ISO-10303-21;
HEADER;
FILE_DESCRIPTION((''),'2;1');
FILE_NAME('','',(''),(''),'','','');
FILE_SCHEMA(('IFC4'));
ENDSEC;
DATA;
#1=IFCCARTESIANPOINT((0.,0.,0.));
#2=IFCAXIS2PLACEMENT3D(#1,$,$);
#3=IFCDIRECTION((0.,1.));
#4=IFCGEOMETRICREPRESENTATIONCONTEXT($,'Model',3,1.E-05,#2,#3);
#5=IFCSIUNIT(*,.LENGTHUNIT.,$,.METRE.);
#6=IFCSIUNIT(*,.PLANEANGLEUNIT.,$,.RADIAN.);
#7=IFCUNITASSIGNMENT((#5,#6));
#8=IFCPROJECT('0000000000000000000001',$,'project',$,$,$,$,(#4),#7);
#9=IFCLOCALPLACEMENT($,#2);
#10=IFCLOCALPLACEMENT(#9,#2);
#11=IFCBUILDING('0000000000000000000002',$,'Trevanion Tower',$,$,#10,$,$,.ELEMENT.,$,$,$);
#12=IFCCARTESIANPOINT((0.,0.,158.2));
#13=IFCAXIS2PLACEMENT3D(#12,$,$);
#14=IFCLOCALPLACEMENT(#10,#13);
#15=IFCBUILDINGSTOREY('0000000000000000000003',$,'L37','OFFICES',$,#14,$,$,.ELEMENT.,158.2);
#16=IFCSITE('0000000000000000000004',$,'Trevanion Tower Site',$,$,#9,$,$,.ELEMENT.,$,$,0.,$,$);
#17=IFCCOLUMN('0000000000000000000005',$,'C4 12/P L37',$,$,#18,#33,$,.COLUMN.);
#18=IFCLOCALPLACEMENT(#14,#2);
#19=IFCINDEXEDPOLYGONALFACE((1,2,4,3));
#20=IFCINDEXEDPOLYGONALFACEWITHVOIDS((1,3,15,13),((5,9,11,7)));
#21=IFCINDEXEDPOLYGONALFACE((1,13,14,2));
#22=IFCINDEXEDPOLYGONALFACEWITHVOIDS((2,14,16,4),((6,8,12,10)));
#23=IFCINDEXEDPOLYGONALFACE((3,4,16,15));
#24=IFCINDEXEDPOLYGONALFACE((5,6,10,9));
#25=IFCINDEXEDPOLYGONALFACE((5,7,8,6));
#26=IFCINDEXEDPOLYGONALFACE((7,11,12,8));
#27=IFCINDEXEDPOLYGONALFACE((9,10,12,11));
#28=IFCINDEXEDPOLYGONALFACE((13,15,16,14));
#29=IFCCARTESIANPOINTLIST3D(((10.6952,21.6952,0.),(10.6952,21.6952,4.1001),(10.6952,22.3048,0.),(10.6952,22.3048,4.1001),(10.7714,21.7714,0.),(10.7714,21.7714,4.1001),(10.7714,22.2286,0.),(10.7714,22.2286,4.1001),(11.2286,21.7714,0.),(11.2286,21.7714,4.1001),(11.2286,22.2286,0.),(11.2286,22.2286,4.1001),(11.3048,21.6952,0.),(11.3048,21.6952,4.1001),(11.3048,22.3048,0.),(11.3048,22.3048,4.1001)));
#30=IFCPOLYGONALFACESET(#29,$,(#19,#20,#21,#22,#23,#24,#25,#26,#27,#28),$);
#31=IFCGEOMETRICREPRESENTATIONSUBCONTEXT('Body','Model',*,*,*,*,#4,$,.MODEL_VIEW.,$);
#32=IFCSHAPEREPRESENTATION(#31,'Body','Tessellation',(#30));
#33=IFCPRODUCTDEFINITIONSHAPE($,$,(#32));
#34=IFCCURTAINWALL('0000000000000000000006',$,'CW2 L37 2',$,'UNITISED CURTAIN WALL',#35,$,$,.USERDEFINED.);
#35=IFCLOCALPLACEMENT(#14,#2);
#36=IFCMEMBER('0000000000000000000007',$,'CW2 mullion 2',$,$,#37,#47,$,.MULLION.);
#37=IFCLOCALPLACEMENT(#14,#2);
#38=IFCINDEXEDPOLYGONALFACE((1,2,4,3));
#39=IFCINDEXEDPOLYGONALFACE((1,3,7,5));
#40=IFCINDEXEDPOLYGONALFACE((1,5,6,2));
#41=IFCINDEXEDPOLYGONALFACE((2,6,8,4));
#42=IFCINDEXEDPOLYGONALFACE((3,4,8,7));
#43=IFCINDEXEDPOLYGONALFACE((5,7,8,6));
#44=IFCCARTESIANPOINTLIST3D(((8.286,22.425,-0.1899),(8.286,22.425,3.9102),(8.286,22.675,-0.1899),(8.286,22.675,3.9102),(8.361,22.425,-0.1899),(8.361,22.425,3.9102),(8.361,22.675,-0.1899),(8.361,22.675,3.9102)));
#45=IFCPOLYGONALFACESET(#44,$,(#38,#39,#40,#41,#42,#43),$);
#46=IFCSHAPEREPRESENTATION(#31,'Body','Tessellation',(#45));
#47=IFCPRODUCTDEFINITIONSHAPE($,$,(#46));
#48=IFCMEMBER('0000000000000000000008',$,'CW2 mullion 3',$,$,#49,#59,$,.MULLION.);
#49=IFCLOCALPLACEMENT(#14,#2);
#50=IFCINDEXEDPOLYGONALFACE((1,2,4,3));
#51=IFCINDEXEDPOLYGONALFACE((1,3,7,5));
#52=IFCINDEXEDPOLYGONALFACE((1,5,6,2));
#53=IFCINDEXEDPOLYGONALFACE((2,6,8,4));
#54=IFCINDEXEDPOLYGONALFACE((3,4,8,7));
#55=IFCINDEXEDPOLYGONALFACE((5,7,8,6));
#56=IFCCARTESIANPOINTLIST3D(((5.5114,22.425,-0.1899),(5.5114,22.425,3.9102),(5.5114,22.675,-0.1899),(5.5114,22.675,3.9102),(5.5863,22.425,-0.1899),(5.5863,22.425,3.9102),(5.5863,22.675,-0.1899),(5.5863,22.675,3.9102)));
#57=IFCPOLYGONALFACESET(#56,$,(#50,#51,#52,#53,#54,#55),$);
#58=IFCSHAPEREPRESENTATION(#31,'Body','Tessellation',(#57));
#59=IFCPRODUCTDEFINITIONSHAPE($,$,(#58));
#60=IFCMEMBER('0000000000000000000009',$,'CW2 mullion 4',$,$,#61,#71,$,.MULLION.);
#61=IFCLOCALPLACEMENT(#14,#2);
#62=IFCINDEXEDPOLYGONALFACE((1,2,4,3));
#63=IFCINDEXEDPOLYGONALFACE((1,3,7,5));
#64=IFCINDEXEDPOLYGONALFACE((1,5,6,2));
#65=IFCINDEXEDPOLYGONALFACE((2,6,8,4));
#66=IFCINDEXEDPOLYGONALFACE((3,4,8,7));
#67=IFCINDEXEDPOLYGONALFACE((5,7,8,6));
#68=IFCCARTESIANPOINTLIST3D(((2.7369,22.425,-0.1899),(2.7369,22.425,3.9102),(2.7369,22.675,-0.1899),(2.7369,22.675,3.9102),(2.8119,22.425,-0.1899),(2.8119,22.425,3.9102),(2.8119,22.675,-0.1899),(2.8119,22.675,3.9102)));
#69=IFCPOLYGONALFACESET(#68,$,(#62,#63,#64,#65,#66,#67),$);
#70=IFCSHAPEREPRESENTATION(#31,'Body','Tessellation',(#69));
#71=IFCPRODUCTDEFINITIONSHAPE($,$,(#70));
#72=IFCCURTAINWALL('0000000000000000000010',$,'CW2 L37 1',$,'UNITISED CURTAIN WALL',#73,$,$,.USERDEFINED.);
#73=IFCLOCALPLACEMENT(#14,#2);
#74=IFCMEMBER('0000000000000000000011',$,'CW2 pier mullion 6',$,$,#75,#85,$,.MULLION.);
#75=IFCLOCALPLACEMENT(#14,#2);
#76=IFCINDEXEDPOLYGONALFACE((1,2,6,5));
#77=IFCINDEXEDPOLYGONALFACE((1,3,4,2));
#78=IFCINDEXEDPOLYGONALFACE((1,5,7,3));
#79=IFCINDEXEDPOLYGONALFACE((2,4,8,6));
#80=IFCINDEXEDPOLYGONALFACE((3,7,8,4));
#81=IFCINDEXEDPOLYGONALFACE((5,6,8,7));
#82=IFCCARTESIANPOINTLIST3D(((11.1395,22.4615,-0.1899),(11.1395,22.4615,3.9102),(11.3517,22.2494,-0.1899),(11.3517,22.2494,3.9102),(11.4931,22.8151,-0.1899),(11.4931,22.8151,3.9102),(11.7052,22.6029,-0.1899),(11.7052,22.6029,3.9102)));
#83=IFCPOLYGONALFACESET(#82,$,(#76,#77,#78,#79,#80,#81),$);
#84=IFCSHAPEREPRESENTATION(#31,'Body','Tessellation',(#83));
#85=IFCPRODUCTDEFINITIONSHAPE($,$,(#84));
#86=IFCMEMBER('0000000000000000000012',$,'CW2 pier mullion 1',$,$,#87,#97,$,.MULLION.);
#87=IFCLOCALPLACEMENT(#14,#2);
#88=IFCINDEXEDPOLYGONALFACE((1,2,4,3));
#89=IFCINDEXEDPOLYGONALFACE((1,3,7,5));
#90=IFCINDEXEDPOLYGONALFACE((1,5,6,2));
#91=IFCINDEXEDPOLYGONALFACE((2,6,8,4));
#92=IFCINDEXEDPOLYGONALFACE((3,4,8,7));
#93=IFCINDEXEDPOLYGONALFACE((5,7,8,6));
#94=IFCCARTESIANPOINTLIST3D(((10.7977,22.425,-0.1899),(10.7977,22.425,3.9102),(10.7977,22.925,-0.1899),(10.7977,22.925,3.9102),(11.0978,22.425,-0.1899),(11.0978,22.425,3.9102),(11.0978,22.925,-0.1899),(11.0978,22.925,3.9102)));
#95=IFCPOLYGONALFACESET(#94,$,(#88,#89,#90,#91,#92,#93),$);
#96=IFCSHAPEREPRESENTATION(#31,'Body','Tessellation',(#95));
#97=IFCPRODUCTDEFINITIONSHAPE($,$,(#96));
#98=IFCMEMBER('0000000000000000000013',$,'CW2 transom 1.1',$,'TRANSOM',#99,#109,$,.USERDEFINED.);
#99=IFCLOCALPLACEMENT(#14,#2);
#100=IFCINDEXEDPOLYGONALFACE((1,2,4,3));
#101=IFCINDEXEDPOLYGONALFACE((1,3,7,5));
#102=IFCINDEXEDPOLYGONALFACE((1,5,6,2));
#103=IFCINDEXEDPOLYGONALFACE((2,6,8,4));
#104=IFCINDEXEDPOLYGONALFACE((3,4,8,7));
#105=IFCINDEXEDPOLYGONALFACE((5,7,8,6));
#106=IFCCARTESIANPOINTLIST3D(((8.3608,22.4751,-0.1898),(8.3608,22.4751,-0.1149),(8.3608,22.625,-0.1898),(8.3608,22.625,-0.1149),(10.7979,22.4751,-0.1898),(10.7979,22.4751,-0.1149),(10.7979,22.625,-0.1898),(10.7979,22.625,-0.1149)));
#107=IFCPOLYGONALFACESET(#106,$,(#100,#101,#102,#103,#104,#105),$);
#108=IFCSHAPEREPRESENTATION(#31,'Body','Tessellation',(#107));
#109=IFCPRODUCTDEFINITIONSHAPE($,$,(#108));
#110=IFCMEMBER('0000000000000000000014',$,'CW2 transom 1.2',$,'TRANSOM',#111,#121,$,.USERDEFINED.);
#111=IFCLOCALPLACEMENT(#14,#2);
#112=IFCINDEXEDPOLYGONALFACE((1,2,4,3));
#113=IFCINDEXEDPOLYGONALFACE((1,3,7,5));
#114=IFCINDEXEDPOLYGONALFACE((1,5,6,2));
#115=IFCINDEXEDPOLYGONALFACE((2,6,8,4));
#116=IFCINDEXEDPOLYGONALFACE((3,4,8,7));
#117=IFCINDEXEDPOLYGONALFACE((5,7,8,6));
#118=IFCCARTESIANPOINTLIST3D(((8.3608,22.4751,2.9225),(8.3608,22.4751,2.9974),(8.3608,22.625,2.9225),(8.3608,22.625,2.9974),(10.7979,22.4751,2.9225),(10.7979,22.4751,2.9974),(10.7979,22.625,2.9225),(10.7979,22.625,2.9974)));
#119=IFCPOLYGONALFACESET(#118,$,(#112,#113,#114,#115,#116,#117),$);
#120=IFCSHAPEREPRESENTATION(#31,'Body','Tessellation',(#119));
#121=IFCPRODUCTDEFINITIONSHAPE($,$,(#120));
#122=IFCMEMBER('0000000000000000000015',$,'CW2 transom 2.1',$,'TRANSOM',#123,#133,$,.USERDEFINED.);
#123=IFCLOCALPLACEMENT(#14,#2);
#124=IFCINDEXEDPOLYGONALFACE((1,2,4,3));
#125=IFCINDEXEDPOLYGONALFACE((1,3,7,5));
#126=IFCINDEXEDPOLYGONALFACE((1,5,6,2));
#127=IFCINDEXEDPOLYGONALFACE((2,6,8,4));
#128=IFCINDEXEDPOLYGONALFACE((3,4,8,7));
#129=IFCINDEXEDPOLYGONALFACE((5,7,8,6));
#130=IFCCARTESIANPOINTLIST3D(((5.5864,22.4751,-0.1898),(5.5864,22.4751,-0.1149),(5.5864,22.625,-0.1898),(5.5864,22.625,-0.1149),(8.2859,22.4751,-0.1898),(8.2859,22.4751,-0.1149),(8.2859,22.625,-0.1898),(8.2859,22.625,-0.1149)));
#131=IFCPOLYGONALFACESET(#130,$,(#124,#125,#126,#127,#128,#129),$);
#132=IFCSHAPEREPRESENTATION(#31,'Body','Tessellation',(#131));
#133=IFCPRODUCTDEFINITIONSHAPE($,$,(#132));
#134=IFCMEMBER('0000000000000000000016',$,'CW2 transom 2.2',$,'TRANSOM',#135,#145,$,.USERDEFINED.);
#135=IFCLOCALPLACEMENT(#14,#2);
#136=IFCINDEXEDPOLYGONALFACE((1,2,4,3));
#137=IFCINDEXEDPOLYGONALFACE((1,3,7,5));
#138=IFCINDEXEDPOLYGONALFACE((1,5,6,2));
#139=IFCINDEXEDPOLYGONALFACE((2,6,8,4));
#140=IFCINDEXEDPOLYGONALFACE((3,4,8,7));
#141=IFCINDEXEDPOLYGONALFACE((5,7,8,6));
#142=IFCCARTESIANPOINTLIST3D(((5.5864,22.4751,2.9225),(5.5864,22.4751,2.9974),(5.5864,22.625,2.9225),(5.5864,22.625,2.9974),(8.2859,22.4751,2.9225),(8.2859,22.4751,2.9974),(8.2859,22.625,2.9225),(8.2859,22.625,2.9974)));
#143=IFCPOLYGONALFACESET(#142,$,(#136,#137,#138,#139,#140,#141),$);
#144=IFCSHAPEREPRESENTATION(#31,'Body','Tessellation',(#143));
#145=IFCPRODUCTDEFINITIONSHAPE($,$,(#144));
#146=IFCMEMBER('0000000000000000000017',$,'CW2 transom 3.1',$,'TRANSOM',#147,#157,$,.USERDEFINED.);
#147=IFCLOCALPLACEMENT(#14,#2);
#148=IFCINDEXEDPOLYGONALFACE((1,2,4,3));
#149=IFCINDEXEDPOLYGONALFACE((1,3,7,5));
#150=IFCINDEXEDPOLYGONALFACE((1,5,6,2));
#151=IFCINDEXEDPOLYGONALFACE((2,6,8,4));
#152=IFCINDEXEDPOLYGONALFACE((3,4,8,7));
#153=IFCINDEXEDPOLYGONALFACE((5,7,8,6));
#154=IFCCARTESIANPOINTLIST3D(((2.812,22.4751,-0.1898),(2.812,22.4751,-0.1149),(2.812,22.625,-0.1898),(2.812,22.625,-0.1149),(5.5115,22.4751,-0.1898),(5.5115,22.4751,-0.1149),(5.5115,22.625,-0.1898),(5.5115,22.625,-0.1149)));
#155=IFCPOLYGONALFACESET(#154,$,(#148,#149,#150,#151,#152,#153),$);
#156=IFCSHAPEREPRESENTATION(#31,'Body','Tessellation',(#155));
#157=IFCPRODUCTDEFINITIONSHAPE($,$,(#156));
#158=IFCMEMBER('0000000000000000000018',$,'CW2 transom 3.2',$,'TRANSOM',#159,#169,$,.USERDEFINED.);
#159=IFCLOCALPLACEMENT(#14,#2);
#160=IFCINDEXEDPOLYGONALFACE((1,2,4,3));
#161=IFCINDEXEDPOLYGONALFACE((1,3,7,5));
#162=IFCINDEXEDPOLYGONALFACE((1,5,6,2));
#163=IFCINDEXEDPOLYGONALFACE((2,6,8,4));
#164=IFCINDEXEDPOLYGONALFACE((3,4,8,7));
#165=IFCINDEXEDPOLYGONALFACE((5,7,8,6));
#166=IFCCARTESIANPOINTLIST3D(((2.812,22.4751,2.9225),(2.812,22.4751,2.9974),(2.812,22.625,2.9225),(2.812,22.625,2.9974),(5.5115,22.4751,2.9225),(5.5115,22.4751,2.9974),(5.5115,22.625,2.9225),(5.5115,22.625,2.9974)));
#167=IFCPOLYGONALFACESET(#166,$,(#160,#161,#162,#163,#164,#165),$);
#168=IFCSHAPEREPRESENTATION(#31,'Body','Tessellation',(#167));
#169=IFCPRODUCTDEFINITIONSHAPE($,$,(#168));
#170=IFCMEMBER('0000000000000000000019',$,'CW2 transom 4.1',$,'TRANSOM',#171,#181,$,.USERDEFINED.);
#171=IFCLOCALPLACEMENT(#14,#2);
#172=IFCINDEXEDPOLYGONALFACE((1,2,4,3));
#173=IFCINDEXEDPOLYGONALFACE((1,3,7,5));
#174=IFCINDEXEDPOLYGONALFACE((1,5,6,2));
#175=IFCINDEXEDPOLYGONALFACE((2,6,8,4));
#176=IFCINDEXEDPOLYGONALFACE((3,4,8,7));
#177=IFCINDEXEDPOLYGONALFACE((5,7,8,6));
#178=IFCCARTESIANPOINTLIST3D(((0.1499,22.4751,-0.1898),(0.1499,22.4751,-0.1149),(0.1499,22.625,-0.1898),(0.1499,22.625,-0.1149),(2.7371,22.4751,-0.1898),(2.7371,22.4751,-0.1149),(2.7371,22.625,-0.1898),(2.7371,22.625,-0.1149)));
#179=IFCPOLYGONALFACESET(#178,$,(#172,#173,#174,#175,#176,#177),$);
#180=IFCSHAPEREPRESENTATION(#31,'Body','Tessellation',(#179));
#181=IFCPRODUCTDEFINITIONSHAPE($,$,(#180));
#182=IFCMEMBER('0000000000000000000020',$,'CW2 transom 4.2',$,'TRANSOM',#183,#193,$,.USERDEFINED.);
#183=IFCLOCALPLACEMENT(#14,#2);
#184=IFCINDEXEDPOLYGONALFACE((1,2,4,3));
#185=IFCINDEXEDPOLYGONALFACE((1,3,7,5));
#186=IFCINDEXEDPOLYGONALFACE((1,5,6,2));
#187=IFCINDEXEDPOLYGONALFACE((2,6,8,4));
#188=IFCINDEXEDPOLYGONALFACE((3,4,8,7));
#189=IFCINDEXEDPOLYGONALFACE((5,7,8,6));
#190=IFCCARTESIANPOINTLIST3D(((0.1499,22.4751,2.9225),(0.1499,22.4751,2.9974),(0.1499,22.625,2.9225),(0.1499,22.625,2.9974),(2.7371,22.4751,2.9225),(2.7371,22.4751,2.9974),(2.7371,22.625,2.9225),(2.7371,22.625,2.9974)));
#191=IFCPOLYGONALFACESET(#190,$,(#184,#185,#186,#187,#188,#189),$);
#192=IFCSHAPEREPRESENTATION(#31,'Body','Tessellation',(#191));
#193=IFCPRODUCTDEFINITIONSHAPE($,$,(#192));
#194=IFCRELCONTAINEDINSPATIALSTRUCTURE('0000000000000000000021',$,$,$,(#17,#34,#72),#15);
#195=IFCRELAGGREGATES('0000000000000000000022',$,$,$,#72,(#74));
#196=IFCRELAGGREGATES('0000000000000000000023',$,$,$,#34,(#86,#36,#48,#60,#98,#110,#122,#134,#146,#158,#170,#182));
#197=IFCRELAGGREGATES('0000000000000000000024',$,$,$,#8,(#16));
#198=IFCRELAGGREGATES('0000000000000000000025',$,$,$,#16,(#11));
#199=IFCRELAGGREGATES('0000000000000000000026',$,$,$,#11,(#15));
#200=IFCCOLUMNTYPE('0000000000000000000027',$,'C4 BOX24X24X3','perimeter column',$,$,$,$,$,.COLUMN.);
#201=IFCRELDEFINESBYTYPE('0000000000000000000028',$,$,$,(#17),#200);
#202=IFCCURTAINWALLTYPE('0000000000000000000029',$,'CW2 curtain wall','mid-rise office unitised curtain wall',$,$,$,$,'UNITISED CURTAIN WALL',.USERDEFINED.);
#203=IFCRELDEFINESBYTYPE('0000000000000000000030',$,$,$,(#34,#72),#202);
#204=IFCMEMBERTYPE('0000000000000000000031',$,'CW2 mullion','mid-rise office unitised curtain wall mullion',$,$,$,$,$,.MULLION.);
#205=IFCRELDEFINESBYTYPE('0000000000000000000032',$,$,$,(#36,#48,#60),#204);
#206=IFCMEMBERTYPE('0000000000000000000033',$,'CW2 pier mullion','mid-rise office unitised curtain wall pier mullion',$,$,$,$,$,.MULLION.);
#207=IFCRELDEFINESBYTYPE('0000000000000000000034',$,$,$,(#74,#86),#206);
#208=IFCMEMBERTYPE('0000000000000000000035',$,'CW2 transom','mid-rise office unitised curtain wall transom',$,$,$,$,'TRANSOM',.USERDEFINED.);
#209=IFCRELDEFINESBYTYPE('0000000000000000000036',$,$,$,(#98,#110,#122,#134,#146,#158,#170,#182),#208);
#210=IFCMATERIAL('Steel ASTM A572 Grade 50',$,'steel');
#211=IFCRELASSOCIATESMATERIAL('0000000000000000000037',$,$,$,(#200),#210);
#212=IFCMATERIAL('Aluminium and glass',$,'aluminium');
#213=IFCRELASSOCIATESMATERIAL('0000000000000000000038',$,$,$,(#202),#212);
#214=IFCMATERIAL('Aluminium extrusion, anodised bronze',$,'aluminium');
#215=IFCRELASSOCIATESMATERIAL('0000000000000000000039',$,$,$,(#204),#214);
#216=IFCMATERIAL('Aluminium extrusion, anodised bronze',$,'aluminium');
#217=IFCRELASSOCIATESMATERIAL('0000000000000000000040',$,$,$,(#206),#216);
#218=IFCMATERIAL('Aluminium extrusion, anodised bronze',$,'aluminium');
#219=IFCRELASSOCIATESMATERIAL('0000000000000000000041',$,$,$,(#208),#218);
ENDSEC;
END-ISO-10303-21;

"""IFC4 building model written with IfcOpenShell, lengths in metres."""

from ifc_helpers import new_model, si_unit, direction, frame, origin, origin_2d, place, context, subcontext, project, spatial, rectangle, hollow_rectangle, extrude, material, material_profile, profile_set, type_object, element, aggregate, save


model = new_model("IFC4")

# Units and contexts
model_context = context("Model", 3, precision=1e-05, world=origin(), true_north=direction((0.0, 1.0)))
body_context = subcontext(model_context, "Body", "Model", "MODEL_VIEW")
ifc_project = project(units=[si_unit("LENGTHUNIT", "METRE"), si_unit("PLANEANGLEUNIT", "RADIAN")], contexts=[model_context])

# Site, building, storey
site_placement = place(None, origin())
site = spatial("IfcSite", under=ifc_project, at=site_placement, Name="Trevanion Tower Site", CompositionType="ELEMENT", RefElevation=0.0)
building_placement = place(site_placement, origin())
building = spatial("IfcBuilding", under=site, at=building_placement, Name="Trevanion Tower", CompositionType="ELEMENT")
storey_placement = place(building_placement, frame((0.0, 0.0, 158.2)))
storey = spatial("IfcBuildingStorey", under=building, at=storey_placement, Name="L37", Description="OFFICES", CompositionType="ELEMENT", Elevation=158.2)

# Column
ifc_material_1 = material(Name="Steel ASTM A572 Grade 50", Category="steel")
ifc_material_profile_1 = material_profile(ifc_material_1, hollow_rectangle(XDim=0.6096, YDim=0.6096, WallThickness=0.0762, at=origin_2d()), Name="BOX24X24X3")
ifc_profile_set_1 = profile_set([ifc_material_profile_1], Name="Steel ASTM A572 Grade 50")
column_type = type_object("IfcColumnType", Name="C4 BOX24X24X3", Description="perimeter column", PredefinedType="COLUMN", material=ifc_profile_set_1)
column_placement = place(storey_placement, frame((11.0, 22.0, 0.0), z_axis=(0.0, 0.0, 1.0), x_axis=(1.0, 0.0, 0.0)))
element("IfcColumn", 1, at=column_placement, inside=storey, type_object=column_type, Name="C4 12/P L37", PredefinedType="COLUMN", context=body_context, shape_type="SweptSolid", body=[
    extrude(hollow_rectangle(XDim=0.6096, YDim=0.6096, WallThickness=0.0762, at=origin_2d()), origin(), (0.0, 0.0, 1.0), 4.1001),
])

# Curtain wall, members
ifc_material_2 = material(Name="Aluminium and glass", Category="aluminium")
curtain_wall_type = type_object("IfcCurtainWallType", Name="CW2 curtain wall", Description="mid-rise office unitised curtain wall", ElementType="UNITISED CURTAIN WALL", PredefinedType="USERDEFINED", material=ifc_material_2)
curtain_wall_1_placement = place(storey_placement, origin())
curtain_wall_1 = element("IfcCurtainWall", 2, at=curtain_wall_1_placement, inside=storey, type_object=curtain_wall_type, Name="CW2 L37 2", ObjectType="UNITISED CURTAIN WALL", PredefinedType="USERDEFINED")
ifc_material_3 = material(Name="Aluminium extrusion, anodised bronze", Category="aluminium")
ifc_material_profile_2 = material_profile(ifc_material_3, rectangle(XDim=0.075, YDim=0.25, at=origin_2d()), Name="CW2 mullion")
ifc_profile_set_2 = profile_set([ifc_material_profile_2], Name="Aluminium extrusion, anodised bronze")
member_type_1 = type_object("IfcMemberType", Name="CW2 mullion", Description="mid-rise office unitised curtain wall mullion", PredefinedType="MULLION", material=ifc_profile_set_2)
member_1_placement = place(storey_placement, frame((8.3235, 22.55, -0.1899), z_axis=(0.0, 0.0, 1.0), x_axis=(-1.0, 0.0, 0.0)))
member_1 = element("IfcMember", 3, at=member_1_placement, type_object=member_type_1, Name="CW2 mullion 2", PredefinedType="MULLION", context=body_context, shape_type="SweptSolid", body=[
    extrude(rectangle(XDim=0.075, YDim=0.25, at=origin_2d()), origin(), (0.0, 0.0, 1.0), 4.1001),
])
member_2_placement = place(storey_placement, frame((5.5488, 22.55, -0.1899), z_axis=(0.0, 0.0, 1.0), x_axis=(-1.0, 0.0, 0.0)))
member_2 = element("IfcMember", 4, at=member_2_placement, type_object=member_type_1, Name="CW2 mullion 3", PredefinedType="MULLION", context=body_context, shape_type="SweptSolid", body=[
    extrude(rectangle(XDim=0.075, YDim=0.25, at=origin_2d()), origin(), (0.0, 0.0, 1.0), 4.1001),
])
member_3_placement = place(storey_placement, frame((2.7744, 22.55, -0.1899), z_axis=(0.0, 0.0, 1.0), x_axis=(-1.0, 0.0, 0.0)))
member_3 = element("IfcMember", 5, at=member_3_placement, type_object=member_type_1, Name="CW2 mullion 4", PredefinedType="MULLION", context=body_context, shape_type="SweptSolid", body=[
    extrude(rectangle(XDim=0.075, YDim=0.25, at=origin_2d()), origin(), (0.0, 0.0, 1.0), 4.1001),
])

# Curtain wall, member
curtain_wall_2_placement = place(storey_placement, origin())
curtain_wall_2 = element("IfcCurtainWall", 6, at=curtain_wall_2_placement, inside=storey, type_object=curtain_wall_type, Name="CW2 L37 1", ObjectType="UNITISED CURTAIN WALL", PredefinedType="USERDEFINED")
ifc_material_4 = material(Name="Aluminium extrusion, anodised bronze", Category="aluminium")
ifc_material_profile_3 = material_profile(ifc_material_4, rectangle(XDim=0.3, YDim=0.5, at=origin_2d()), Name="CW2 pier mullion")
ifc_profile_set_3 = profile_set([ifc_material_profile_3], Name="Aluminium extrusion, anodised bronze")
member_type_2 = type_object("IfcMemberType", Name="CW2 pier mullion", Description="mid-rise office unitised curtain wall pier mullion", PredefinedType="MULLION", material=ifc_profile_set_3)
member_4_placement = place(storey_placement, frame((11.4224, 22.5322, -0.1899), z_axis=(0.0, 0.0, 1.0), x_axis=(-0.707107, 0.707107, 0.0)))
member_4 = element("IfcMember", 7, at=member_4_placement, type_object=member_type_2, Name="CW2 pier mullion 6", PredefinedType="MULLION", context=body_context, shape_type="SweptSolid", body=[
    extrude(rectangle(XDim=0.3, YDim=0.5, at=origin_2d()), origin(), (0.0, 0.0, 1.0), 4.1001),
])
aggregate(curtain_wall_2, [member_4])

# Members
member_5_placement = place(storey_placement, frame((10.9478, 22.675, -0.1899), z_axis=(0.0, 0.0, 1.0), x_axis=(-1.0, 0.0, 0.0)))
member_5 = element("IfcMember", 8, at=member_5_placement, type_object=member_type_2, Name="CW2 pier mullion 1", PredefinedType="MULLION", context=body_context, shape_type="SweptSolid", body=[
    extrude(rectangle(XDim=0.3, YDim=0.5, at=origin_2d()), origin(), (0.0, 0.0, 1.0), 4.1001),
])
ifc_material_5 = material(Name="Aluminium extrusion, anodised bronze", Category="aluminium")
ifc_material_profile_4 = material_profile(ifc_material_5, rectangle(XDim=0.1499, YDim=0.075, at=origin_2d()), Name="CW2 transom")
ifc_profile_set_4 = profile_set([ifc_material_profile_4], Name="Aluminium extrusion, anodised bronze")
member_type_3 = type_object("IfcMemberType", Name="CW2 transom", Description="mid-rise office unitised curtain wall transom", ElementType="TRANSOM", PredefinedType="USERDEFINED", material=ifc_profile_set_4)
member_6_placement = place(storey_placement, frame((10.7979, 22.55, -0.1523), z_axis=(-1.0, 0.0, 0.0), x_axis=(0.0, -1.0, 0.0)))
member_6 = element("IfcMember", 9, at=member_6_placement, type_object=member_type_3, Name="CW2 transom 1.1", ObjectType="TRANSOM", PredefinedType="USERDEFINED", context=body_context, shape_type="SweptSolid", body=[
    extrude(rectangle(XDim=0.1499, YDim=0.075, at=origin_2d()), origin(), (0.0, 0.0, 1.0), 2.437),
])
member_7_placement = place(storey_placement, frame((10.7979, 22.55, 2.96), z_axis=(-1.0, 0.0, 0.0), x_axis=(0.0, -1.0, 0.0)))
member_7 = element("IfcMember", 10, at=member_7_placement, type_object=member_type_3, Name="CW2 transom 1.2", ObjectType="TRANSOM", PredefinedType="USERDEFINED", context=body_context, shape_type="SweptSolid", body=[
    extrude(rectangle(XDim=0.1499, YDim=0.075, at=origin_2d()), origin(), (0.0, 0.0, 1.0), 2.437),
])
member_8_placement = place(storey_placement, frame((8.2859, 22.55, -0.1523), z_axis=(-1.0, 0.0, 0.0), x_axis=(0.0, -1.0, 0.0)))
member_8 = element("IfcMember", 11, at=member_8_placement, type_object=member_type_3, Name="CW2 transom 2.1", ObjectType="TRANSOM", PredefinedType="USERDEFINED", context=body_context, shape_type="SweptSolid", body=[
    extrude(rectangle(XDim=0.1499, YDim=0.075, at=origin_2d()), origin(), (0.0, 0.0, 1.0), 2.6995),
])
member_9_placement = place(storey_placement, frame((8.2859, 22.55, 2.96), z_axis=(-1.0, 0.0, 0.0), x_axis=(0.0, -1.0, 0.0)))
member_9 = element("IfcMember", 12, at=member_9_placement, type_object=member_type_3, Name="CW2 transom 2.2", ObjectType="TRANSOM", PredefinedType="USERDEFINED", context=body_context, shape_type="SweptSolid", body=[
    extrude(rectangle(XDim=0.1499, YDim=0.075, at=origin_2d()), origin(), (0.0, 0.0, 1.0), 2.6995),
])
member_10_placement = place(storey_placement, frame((5.5115, 22.55, -0.1523), z_axis=(-1.0, 0.0, 0.0), x_axis=(0.0, -1.0, 0.0)))
member_10 = element("IfcMember", 13, at=member_10_placement, type_object=member_type_3, Name="CW2 transom 3.1", ObjectType="TRANSOM", PredefinedType="USERDEFINED", context=body_context, shape_type="SweptSolid", body=[
    extrude(rectangle(XDim=0.1499, YDim=0.075, at=origin_2d()), origin(), (0.0, 0.0, 1.0), 2.6995),
])
member_11_placement = place(storey_placement, frame((5.5115, 22.55, 2.96), z_axis=(-1.0, 0.0, 0.0), x_axis=(0.0, -1.0, 0.0)))
member_11 = element("IfcMember", 14, at=member_11_placement, type_object=member_type_3, Name="CW2 transom 3.2", ObjectType="TRANSOM", PredefinedType="USERDEFINED", context=body_context, shape_type="SweptSolid", body=[
    extrude(rectangle(XDim=0.1499, YDim=0.075, at=origin_2d()), origin(), (0.0, 0.0, 1.0), 2.6995),
])
member_12_placement = place(storey_placement, frame((2.7371, 22.55, -0.1523), z_axis=(-1.0, 0.0, 0.0), x_axis=(0.0, -1.0, 0.0)))
member_12 = element("IfcMember", 15, at=member_12_placement, type_object=member_type_3, Name="CW2 transom 4.1", ObjectType="TRANSOM", PredefinedType="USERDEFINED", context=body_context, shape_type="SweptSolid", body=[
    extrude(rectangle(XDim=0.1499, YDim=0.075, at=origin_2d()), origin(), (0.0, 0.0, 1.0), 2.5872),
])
member_13_placement = place(storey_placement, frame((2.7371, 22.55, 2.96), z_axis=(-1.0, 0.0, 0.0), x_axis=(0.0, -1.0, 0.0)))
member_13 = element("IfcMember", 16, at=member_13_placement, type_object=member_type_3, Name="CW2 transom 4.2", ObjectType="TRANSOM", PredefinedType="USERDEFINED", context=body_context, shape_type="SweptSolid", body=[
    extrude(rectangle(XDim=0.1499, YDim=0.075, at=origin_2d()), origin(), (0.0, 0.0, 1.0), 2.5872),
])

aggregate(curtain_wall_1, [member_5, member_1, member_2, member_3, member_6, member_7, member_8, member_9, member_10, member_11, member_12, member_13])

save(model, "model.ifc")
